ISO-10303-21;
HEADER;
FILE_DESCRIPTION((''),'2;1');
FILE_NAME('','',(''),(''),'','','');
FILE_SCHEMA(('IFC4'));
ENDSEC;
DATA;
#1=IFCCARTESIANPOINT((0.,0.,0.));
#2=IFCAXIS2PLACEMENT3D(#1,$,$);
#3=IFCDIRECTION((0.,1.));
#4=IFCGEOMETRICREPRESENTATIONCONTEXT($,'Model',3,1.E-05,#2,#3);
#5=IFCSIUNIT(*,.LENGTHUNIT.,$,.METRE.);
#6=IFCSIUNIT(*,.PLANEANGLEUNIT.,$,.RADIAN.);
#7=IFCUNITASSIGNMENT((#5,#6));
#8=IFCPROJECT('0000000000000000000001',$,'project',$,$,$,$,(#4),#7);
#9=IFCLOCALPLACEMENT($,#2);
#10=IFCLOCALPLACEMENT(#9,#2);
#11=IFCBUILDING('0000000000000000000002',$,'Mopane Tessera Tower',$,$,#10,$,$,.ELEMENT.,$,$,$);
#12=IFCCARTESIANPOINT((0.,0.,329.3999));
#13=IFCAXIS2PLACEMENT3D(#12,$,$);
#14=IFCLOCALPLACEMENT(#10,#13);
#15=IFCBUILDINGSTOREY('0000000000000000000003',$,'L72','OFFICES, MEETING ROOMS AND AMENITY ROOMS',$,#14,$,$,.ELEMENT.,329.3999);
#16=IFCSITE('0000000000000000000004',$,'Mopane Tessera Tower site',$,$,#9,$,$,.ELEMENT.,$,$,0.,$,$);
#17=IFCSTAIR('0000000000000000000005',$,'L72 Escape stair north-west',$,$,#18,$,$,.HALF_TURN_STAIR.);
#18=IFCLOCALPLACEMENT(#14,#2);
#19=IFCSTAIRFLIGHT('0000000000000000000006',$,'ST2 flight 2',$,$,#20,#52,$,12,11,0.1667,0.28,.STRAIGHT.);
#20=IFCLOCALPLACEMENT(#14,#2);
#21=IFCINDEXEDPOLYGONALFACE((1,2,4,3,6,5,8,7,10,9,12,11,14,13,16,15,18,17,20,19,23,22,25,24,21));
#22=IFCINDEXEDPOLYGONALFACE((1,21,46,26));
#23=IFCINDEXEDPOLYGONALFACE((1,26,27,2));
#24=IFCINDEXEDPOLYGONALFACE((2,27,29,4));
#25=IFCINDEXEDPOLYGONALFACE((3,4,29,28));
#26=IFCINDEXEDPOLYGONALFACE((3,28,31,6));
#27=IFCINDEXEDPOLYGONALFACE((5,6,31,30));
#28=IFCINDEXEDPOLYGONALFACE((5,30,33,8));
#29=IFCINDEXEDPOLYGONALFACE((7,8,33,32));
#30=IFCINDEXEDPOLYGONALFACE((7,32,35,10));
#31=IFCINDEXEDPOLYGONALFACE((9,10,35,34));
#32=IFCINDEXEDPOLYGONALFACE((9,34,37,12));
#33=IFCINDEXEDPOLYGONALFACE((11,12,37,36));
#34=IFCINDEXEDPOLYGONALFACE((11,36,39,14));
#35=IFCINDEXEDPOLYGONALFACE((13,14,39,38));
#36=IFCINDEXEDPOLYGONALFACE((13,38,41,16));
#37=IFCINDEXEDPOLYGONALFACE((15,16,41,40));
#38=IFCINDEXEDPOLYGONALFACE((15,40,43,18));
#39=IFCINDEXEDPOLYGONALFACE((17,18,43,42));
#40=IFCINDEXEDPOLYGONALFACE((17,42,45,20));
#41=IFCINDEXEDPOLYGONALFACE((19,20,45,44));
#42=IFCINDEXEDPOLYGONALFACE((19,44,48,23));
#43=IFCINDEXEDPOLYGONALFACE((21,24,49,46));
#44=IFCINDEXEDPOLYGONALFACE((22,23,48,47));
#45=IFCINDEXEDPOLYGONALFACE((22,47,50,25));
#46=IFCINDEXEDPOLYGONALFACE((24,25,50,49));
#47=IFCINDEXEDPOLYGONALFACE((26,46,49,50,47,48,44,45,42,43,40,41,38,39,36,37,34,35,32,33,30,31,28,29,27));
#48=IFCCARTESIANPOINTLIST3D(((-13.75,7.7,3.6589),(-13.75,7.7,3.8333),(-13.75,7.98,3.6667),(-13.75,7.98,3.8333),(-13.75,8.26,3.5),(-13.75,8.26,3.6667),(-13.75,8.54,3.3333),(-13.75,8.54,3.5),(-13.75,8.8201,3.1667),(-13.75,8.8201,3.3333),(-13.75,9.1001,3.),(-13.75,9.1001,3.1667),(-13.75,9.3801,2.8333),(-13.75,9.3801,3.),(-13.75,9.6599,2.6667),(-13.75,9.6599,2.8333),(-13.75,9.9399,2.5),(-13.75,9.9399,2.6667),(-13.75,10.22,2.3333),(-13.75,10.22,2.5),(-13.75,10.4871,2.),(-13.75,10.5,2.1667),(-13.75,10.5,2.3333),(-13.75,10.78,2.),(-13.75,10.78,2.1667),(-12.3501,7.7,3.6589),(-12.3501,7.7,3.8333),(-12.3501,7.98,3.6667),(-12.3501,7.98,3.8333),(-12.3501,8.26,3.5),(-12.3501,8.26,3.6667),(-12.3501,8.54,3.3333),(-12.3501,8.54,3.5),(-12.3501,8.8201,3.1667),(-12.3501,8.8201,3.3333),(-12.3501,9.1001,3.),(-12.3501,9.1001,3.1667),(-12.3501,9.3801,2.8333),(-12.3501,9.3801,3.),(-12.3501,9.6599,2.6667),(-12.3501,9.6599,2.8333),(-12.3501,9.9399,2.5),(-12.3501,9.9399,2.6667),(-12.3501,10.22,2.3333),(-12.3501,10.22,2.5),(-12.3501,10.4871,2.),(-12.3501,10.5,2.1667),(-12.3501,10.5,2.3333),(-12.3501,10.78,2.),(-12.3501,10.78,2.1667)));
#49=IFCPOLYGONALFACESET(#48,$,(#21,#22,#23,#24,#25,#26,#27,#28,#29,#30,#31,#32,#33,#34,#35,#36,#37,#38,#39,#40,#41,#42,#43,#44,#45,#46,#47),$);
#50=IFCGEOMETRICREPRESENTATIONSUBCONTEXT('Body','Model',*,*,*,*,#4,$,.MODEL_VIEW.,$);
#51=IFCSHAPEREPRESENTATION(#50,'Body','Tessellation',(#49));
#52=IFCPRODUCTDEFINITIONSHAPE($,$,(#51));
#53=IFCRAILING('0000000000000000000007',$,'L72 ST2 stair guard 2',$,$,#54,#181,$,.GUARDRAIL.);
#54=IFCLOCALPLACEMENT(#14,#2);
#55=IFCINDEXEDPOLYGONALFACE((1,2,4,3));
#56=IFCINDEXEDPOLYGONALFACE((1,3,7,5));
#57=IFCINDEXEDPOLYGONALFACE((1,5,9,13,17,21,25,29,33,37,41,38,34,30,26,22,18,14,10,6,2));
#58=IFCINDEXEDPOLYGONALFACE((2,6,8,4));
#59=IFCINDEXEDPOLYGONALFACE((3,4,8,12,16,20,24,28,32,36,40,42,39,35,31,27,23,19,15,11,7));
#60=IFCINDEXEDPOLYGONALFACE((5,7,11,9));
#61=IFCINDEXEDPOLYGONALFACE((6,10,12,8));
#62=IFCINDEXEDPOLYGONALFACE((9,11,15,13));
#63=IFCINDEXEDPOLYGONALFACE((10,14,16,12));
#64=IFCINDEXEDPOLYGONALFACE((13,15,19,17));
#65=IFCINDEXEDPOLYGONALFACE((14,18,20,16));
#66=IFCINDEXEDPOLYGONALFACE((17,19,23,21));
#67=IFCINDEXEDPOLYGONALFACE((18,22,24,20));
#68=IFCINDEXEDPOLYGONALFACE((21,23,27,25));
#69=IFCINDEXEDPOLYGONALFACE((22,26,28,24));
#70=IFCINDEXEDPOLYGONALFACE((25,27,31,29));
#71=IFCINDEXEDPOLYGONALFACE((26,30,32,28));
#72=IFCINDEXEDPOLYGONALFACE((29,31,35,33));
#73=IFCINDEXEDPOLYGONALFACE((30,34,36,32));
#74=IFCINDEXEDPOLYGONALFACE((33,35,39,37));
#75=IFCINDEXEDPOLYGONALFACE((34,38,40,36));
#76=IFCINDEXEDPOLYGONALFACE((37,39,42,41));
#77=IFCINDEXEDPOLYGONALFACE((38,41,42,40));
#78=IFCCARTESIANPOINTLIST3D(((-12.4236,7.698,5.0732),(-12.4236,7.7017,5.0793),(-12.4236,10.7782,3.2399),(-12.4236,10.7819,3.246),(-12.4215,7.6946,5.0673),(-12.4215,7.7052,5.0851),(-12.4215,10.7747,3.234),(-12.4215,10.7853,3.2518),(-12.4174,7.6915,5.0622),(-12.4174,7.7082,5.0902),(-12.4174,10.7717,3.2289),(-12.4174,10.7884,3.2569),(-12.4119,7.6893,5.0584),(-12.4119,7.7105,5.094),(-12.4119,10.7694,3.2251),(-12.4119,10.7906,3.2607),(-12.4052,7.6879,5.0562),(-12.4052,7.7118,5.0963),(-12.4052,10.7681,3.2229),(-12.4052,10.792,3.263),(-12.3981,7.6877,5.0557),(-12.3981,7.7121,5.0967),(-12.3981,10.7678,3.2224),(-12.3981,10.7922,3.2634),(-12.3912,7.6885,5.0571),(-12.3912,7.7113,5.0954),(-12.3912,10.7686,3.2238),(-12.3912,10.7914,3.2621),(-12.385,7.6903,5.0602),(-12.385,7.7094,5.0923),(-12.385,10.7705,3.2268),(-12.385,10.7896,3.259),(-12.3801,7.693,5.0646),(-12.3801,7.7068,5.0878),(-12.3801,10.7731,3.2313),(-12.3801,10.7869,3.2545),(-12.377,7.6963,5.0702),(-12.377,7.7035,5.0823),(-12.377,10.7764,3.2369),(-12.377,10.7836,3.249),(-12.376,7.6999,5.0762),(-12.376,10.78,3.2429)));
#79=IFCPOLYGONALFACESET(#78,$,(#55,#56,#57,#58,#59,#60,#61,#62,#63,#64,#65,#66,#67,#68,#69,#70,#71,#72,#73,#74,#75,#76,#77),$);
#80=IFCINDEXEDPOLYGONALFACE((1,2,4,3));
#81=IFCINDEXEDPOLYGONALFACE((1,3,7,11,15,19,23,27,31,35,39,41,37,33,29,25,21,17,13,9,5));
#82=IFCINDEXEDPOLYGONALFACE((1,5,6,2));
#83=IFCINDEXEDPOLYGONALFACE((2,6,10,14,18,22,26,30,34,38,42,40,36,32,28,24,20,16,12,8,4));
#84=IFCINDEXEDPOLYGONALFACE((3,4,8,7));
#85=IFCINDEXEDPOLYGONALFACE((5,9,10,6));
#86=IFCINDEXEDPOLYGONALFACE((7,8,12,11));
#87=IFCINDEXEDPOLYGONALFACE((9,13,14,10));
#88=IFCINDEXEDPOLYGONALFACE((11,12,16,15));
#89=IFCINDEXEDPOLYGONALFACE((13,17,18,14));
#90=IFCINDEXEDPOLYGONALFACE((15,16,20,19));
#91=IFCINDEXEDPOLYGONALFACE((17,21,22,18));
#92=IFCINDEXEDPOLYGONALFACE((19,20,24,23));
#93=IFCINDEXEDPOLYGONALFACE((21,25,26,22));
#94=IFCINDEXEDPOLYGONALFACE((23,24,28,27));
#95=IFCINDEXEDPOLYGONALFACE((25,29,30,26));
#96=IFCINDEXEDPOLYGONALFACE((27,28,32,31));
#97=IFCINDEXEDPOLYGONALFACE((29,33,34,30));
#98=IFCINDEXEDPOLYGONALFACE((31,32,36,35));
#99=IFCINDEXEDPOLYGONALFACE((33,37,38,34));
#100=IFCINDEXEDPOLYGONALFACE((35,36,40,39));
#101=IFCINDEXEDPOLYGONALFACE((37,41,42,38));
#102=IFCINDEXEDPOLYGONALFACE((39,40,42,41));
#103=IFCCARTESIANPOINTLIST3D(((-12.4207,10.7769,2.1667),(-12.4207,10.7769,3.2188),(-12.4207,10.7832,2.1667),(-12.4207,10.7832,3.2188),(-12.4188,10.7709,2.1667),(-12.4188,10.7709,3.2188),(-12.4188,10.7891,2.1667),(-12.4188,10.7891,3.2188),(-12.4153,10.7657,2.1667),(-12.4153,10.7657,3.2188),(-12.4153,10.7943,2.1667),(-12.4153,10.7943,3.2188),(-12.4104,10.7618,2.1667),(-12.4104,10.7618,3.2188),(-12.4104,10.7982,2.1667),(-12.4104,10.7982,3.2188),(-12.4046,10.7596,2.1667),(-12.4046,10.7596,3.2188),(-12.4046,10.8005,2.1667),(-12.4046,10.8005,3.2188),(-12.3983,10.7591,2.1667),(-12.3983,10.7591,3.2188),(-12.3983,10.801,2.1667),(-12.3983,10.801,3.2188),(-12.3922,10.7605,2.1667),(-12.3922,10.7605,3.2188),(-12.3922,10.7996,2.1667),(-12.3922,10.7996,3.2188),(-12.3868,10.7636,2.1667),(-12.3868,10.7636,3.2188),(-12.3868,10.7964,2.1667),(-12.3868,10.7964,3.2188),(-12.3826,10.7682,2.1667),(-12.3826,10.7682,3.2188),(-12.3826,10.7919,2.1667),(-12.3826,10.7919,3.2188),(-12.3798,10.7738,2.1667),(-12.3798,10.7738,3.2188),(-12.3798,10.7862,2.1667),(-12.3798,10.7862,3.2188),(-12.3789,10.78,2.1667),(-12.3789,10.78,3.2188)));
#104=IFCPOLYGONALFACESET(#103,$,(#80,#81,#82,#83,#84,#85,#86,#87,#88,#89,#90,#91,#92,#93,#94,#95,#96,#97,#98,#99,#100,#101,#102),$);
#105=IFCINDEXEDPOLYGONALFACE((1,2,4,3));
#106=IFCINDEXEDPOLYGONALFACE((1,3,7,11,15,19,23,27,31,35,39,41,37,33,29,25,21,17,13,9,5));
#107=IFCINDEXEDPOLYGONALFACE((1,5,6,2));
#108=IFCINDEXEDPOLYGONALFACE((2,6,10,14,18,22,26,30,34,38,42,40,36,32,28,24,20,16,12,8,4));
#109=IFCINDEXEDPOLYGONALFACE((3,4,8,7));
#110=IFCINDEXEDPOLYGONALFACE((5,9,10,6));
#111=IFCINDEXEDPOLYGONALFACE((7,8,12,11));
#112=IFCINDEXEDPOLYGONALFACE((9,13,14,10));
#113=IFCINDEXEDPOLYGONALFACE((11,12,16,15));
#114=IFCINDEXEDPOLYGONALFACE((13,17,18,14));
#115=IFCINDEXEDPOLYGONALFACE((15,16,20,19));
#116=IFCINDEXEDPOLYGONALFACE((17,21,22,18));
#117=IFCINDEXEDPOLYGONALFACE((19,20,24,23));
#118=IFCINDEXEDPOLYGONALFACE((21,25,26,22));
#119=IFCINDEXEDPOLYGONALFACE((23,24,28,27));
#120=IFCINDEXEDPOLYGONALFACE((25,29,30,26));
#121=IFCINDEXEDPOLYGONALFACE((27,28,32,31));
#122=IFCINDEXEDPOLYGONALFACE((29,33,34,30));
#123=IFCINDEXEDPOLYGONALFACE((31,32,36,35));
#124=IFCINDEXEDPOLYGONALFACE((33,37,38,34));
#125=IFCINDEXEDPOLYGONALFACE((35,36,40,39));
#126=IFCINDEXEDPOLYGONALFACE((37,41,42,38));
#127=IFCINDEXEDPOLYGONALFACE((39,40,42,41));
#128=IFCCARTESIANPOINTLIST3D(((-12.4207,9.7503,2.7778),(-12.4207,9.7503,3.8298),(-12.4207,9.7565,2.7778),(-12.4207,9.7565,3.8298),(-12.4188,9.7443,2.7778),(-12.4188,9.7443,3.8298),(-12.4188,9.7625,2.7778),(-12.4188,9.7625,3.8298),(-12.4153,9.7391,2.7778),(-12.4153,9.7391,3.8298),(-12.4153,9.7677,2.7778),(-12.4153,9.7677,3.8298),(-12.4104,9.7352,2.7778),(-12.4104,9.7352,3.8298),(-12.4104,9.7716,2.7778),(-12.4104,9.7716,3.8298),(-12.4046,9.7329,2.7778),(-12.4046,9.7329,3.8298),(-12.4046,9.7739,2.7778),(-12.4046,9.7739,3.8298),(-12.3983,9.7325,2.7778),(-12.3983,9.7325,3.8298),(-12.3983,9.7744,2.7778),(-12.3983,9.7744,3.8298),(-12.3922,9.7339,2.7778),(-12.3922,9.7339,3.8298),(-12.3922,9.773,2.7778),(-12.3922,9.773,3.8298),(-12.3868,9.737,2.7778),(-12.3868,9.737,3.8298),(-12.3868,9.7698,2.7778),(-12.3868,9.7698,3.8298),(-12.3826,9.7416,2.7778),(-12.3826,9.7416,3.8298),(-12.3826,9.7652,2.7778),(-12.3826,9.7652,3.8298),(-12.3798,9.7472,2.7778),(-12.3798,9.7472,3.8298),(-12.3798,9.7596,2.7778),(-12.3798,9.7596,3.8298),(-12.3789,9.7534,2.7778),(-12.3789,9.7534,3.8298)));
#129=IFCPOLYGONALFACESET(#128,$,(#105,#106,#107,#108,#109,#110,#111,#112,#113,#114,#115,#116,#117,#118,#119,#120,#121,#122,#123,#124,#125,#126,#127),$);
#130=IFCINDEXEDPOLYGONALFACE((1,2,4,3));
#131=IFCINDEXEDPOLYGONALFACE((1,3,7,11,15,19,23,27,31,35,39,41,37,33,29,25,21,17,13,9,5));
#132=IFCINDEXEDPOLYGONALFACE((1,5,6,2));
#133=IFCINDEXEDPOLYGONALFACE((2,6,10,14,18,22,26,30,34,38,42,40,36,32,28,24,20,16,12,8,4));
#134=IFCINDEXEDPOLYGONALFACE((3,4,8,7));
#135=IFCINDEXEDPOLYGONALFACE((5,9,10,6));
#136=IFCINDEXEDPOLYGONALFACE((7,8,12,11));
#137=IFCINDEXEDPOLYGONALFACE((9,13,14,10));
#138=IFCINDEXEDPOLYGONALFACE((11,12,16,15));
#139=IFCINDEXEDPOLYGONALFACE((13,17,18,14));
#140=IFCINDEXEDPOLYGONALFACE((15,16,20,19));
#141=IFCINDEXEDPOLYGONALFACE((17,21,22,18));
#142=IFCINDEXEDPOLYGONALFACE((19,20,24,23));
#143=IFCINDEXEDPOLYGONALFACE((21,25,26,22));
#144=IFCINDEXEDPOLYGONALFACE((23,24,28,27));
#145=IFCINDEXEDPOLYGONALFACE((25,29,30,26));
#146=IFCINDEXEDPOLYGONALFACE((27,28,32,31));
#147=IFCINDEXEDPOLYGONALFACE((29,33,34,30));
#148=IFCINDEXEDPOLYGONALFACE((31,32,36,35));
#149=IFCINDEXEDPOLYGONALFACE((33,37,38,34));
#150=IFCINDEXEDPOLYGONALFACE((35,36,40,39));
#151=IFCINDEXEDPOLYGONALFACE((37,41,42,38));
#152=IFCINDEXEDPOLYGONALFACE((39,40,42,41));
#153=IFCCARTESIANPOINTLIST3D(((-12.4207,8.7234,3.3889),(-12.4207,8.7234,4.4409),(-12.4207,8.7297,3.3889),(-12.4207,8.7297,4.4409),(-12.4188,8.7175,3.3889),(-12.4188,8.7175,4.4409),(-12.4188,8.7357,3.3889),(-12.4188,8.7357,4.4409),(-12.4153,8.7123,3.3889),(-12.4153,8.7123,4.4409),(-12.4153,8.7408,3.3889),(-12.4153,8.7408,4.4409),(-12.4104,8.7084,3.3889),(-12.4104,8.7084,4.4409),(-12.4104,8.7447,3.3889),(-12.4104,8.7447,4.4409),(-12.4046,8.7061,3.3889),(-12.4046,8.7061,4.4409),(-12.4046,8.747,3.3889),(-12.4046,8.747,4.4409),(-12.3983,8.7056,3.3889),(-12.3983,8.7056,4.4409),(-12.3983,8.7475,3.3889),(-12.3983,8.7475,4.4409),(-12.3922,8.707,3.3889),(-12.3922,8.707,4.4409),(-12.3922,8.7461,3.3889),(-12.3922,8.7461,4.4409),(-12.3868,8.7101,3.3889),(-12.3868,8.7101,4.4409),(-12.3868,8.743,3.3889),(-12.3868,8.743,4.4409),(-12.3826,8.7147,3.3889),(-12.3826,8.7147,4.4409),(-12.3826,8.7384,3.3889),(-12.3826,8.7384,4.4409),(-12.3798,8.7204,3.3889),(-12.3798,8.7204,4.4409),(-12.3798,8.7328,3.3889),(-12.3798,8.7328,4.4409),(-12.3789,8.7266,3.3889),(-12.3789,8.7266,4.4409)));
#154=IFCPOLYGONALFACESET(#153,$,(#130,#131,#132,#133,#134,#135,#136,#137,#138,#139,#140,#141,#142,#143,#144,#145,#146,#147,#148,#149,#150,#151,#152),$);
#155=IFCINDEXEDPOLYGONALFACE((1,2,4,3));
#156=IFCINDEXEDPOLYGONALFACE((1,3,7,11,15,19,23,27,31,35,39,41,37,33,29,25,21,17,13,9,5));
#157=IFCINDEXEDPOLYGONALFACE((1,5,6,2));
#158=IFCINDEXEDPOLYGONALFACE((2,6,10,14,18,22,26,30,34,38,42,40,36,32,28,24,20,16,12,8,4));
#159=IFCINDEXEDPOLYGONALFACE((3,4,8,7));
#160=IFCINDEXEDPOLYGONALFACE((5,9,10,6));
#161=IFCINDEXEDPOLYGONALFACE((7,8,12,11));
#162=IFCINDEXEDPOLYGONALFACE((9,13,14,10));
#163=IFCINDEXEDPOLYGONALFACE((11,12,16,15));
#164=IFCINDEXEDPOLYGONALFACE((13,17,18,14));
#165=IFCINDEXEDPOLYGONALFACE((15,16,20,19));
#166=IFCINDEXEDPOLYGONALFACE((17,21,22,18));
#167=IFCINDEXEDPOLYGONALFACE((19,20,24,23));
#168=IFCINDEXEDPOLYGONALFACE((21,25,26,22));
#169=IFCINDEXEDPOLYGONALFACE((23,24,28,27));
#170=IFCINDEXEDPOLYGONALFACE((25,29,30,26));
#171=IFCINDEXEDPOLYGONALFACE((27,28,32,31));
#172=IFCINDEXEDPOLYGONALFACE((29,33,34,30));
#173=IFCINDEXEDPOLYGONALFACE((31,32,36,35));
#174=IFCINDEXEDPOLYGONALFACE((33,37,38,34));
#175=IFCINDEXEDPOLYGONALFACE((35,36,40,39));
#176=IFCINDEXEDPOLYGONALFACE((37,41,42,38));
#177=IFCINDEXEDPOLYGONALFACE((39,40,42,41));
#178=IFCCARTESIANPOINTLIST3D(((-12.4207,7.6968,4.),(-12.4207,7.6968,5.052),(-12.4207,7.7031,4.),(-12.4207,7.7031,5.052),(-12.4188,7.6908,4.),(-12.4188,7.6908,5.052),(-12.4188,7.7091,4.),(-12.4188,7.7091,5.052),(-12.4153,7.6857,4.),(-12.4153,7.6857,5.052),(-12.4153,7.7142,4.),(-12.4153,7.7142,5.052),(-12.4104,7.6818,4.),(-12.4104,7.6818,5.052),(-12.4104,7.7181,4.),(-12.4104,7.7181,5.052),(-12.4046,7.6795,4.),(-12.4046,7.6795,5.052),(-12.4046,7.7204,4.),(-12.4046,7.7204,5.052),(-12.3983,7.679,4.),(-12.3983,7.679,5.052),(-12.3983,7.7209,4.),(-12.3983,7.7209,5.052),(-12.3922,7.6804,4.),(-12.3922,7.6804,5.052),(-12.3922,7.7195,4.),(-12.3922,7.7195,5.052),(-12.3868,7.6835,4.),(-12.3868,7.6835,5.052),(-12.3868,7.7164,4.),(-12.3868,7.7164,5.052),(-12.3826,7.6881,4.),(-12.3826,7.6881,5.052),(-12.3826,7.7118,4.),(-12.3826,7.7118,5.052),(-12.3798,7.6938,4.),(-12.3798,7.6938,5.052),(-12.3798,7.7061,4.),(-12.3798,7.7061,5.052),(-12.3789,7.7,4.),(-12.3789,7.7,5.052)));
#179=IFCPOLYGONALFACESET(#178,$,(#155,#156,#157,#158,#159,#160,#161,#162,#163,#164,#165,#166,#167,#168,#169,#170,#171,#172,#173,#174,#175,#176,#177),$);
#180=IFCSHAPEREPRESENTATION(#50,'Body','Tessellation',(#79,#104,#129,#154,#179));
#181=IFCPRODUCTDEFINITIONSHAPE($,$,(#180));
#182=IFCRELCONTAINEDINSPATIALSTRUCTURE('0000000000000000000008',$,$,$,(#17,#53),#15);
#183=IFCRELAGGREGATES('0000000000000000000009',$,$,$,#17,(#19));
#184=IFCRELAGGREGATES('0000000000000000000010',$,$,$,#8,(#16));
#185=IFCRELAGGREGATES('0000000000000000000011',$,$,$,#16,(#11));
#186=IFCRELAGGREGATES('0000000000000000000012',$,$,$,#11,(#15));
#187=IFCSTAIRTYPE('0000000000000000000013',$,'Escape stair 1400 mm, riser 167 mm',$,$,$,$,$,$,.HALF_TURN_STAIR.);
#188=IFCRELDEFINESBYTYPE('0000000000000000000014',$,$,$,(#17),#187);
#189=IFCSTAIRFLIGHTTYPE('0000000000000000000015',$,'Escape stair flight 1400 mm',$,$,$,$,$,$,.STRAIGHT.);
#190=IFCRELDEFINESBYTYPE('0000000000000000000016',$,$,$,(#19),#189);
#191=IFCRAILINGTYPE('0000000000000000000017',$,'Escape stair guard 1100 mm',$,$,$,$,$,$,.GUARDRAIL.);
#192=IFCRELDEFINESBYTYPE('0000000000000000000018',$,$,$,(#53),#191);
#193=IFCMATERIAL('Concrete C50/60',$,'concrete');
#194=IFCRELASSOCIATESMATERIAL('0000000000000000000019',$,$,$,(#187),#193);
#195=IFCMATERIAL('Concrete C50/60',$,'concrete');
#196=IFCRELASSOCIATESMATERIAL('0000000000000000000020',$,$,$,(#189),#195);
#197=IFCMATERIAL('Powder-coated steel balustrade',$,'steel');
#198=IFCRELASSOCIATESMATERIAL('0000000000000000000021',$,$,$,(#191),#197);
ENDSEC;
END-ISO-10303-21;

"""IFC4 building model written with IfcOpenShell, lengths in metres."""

from ifc_helpers import new_model, si_unit, direction, frame, origin, origin_2d, place, context, subcontext, project, spatial, polyline, circle, outline, extrude, material, type_object, element, aggregate, save


model = new_model("IFC4")

# Units and contexts
model_context = context("Model", 3, precision=1e-05, world=origin(), true_north=direction((0.0, 1.0)))
body_context = subcontext(model_context, "Body", "Model", "MODEL_VIEW")
ifc_project = project(units=[si_unit("LENGTHUNIT", "METRE"), si_unit("PLANEANGLEUNIT", "RADIAN")], contexts=[model_context])

# Site, building, storey
site_placement = place(None, origin())
site = spatial("IfcSite", under=ifc_project, at=site_placement, Name="Mopane Tessera Tower site", CompositionType="ELEMENT", RefElevation=0.0)
building_placement = place(site_placement, origin())
building = spatial("IfcBuilding", under=site, at=building_placement, Name="Mopane Tessera Tower", CompositionType="ELEMENT")
storey_placement = place(building_placement, frame((0.0, 0.0, 329.3999)))
storey = spatial("IfcBuildingStorey", under=building, at=storey_placement, Name="L72", Description="OFFICES, MEETING ROOMS AND AMENITY ROOMS", CompositionType="ELEMENT", Elevation=329.3999)

# Stair, stair flight
ifc_material_1 = material(Name="Concrete C50/60", Category="concrete")
stair_type = type_object("IfcStairType", Name="Escape stair 1400 mm, riser 167 mm", PredefinedType="HALF_TURN_STAIR", material=ifc_material_1)
stair_placement = place(storey_placement, origin())
stair = element("IfcStair", 1, at=stair_placement, inside=storey, type_object=stair_type, Name="L72 Escape stair north-west", PredefinedType="HALF_TURN_STAIR")
ifc_material_2 = material(Name="Concrete C50/60", Category="concrete")
stair_flight_type = type_object("IfcStairFlightType", Name="Escape stair flight 1400 mm", PredefinedType="STRAIGHT", material=ifc_material_2)
stair_flight_1_placement = place(storey_placement, frame((-13.05, 10.78, 2.0), z_axis=(0.0, 0.0, 1.0), x_axis=(0.0, -1.0, 0.0)))
stair_flight_1 = element("IfcStairFlight", 2, at=stair_flight_1_placement, type_object=stair_flight_type, Name="ST2 flight 2", NumberOfRisers=12, NumberOfTreads=11, PredefinedType="STRAIGHT", RiserHeight=0.1667, TreadLength=0.28, context=body_context, shape_type="SweptSolid", body=[
    extrude(outline(polyline([(0.0, 0.0), (0.0, 0.1667), (0.28, 0.1667), (0.28, 0.3333), (0.5601, 0.3333), (0.5601, 0.5), (0.8401, 0.5), (0.8401, 0.6667), (1.1201, 0.6667), (1.1201, 0.8333), (1.3999, 0.8333), (1.3999, 1.0), (1.6799, 1.0), (1.6799, 1.1667), (1.96, 1.1667), (1.96, 1.3333), (2.24, 1.3333), (2.24, 1.5), (2.52, 1.5), (2.52, 1.6667), (2.8, 1.6667), (2.8, 1.8333), (3.0801, 1.8333), (3.0801, 2.0), (3.0801, 1.6589), (0.293, 0.0), (0.0, 0.0)])), frame((0.0, 0.7, 0.0), z_axis=(0.0, -1.0, 0.0), x_axis=(1.0, 0.0, 0.0)), (0.0, 0.0, 1.0), 1.3999),
])
aggregate(stair, [stair_flight_1])

# Railing
ifc_material_3 = material(Name="Powder-coated steel balustrade", Category="steel")
railing_type_1 = type_object("IfcRailingType", Name="Escape stair guard 1100 mm", PredefinedType="GUARDRAIL", material=ifc_material_3)
railing_1_placement = place(storey_placement, frame((-12.3999, 10.78, 2.1667)))
element("IfcRailing", 3, at=railing_1_placement, inside=storey, type_object=railing_type_1, Name="L72 ST2 stair guard 2", PredefinedType="GUARDRAIL", context=body_context, shape_type="SweptSolid", body=[
    extrude(circle(Radius=0.0239, at=origin_2d()), frame((0.0, 0.0, 1.0762), z_axis=(0.0, -0.859309, 0.511458), x_axis=(1.0, 0.0, 0.0)), (0.0, 0.0, 1.0), 3.5845),
    extrude(circle(Radius=0.021, at=origin_2d()), origin(), (0.0, 0.0, 1.0), 1.052),
    extrude(circle(Radius=0.021, at=origin_2d()), frame((0.0, -1.0266, 0.6111)), (0.0, 0.0, 1.0), 1.052),
    extrude(circle(Radius=0.021, at=origin_2d()), frame((0.0, -2.0535, 1.2222)), (0.0, 0.0, 1.0), 1.052),
    extrude(circle(Radius=0.021, at=origin_2d()), frame((0.0, -3.0801, 1.8333)), (0.0, 0.0, 1.0), 1.052),
])

save(model, "model.ifc")
